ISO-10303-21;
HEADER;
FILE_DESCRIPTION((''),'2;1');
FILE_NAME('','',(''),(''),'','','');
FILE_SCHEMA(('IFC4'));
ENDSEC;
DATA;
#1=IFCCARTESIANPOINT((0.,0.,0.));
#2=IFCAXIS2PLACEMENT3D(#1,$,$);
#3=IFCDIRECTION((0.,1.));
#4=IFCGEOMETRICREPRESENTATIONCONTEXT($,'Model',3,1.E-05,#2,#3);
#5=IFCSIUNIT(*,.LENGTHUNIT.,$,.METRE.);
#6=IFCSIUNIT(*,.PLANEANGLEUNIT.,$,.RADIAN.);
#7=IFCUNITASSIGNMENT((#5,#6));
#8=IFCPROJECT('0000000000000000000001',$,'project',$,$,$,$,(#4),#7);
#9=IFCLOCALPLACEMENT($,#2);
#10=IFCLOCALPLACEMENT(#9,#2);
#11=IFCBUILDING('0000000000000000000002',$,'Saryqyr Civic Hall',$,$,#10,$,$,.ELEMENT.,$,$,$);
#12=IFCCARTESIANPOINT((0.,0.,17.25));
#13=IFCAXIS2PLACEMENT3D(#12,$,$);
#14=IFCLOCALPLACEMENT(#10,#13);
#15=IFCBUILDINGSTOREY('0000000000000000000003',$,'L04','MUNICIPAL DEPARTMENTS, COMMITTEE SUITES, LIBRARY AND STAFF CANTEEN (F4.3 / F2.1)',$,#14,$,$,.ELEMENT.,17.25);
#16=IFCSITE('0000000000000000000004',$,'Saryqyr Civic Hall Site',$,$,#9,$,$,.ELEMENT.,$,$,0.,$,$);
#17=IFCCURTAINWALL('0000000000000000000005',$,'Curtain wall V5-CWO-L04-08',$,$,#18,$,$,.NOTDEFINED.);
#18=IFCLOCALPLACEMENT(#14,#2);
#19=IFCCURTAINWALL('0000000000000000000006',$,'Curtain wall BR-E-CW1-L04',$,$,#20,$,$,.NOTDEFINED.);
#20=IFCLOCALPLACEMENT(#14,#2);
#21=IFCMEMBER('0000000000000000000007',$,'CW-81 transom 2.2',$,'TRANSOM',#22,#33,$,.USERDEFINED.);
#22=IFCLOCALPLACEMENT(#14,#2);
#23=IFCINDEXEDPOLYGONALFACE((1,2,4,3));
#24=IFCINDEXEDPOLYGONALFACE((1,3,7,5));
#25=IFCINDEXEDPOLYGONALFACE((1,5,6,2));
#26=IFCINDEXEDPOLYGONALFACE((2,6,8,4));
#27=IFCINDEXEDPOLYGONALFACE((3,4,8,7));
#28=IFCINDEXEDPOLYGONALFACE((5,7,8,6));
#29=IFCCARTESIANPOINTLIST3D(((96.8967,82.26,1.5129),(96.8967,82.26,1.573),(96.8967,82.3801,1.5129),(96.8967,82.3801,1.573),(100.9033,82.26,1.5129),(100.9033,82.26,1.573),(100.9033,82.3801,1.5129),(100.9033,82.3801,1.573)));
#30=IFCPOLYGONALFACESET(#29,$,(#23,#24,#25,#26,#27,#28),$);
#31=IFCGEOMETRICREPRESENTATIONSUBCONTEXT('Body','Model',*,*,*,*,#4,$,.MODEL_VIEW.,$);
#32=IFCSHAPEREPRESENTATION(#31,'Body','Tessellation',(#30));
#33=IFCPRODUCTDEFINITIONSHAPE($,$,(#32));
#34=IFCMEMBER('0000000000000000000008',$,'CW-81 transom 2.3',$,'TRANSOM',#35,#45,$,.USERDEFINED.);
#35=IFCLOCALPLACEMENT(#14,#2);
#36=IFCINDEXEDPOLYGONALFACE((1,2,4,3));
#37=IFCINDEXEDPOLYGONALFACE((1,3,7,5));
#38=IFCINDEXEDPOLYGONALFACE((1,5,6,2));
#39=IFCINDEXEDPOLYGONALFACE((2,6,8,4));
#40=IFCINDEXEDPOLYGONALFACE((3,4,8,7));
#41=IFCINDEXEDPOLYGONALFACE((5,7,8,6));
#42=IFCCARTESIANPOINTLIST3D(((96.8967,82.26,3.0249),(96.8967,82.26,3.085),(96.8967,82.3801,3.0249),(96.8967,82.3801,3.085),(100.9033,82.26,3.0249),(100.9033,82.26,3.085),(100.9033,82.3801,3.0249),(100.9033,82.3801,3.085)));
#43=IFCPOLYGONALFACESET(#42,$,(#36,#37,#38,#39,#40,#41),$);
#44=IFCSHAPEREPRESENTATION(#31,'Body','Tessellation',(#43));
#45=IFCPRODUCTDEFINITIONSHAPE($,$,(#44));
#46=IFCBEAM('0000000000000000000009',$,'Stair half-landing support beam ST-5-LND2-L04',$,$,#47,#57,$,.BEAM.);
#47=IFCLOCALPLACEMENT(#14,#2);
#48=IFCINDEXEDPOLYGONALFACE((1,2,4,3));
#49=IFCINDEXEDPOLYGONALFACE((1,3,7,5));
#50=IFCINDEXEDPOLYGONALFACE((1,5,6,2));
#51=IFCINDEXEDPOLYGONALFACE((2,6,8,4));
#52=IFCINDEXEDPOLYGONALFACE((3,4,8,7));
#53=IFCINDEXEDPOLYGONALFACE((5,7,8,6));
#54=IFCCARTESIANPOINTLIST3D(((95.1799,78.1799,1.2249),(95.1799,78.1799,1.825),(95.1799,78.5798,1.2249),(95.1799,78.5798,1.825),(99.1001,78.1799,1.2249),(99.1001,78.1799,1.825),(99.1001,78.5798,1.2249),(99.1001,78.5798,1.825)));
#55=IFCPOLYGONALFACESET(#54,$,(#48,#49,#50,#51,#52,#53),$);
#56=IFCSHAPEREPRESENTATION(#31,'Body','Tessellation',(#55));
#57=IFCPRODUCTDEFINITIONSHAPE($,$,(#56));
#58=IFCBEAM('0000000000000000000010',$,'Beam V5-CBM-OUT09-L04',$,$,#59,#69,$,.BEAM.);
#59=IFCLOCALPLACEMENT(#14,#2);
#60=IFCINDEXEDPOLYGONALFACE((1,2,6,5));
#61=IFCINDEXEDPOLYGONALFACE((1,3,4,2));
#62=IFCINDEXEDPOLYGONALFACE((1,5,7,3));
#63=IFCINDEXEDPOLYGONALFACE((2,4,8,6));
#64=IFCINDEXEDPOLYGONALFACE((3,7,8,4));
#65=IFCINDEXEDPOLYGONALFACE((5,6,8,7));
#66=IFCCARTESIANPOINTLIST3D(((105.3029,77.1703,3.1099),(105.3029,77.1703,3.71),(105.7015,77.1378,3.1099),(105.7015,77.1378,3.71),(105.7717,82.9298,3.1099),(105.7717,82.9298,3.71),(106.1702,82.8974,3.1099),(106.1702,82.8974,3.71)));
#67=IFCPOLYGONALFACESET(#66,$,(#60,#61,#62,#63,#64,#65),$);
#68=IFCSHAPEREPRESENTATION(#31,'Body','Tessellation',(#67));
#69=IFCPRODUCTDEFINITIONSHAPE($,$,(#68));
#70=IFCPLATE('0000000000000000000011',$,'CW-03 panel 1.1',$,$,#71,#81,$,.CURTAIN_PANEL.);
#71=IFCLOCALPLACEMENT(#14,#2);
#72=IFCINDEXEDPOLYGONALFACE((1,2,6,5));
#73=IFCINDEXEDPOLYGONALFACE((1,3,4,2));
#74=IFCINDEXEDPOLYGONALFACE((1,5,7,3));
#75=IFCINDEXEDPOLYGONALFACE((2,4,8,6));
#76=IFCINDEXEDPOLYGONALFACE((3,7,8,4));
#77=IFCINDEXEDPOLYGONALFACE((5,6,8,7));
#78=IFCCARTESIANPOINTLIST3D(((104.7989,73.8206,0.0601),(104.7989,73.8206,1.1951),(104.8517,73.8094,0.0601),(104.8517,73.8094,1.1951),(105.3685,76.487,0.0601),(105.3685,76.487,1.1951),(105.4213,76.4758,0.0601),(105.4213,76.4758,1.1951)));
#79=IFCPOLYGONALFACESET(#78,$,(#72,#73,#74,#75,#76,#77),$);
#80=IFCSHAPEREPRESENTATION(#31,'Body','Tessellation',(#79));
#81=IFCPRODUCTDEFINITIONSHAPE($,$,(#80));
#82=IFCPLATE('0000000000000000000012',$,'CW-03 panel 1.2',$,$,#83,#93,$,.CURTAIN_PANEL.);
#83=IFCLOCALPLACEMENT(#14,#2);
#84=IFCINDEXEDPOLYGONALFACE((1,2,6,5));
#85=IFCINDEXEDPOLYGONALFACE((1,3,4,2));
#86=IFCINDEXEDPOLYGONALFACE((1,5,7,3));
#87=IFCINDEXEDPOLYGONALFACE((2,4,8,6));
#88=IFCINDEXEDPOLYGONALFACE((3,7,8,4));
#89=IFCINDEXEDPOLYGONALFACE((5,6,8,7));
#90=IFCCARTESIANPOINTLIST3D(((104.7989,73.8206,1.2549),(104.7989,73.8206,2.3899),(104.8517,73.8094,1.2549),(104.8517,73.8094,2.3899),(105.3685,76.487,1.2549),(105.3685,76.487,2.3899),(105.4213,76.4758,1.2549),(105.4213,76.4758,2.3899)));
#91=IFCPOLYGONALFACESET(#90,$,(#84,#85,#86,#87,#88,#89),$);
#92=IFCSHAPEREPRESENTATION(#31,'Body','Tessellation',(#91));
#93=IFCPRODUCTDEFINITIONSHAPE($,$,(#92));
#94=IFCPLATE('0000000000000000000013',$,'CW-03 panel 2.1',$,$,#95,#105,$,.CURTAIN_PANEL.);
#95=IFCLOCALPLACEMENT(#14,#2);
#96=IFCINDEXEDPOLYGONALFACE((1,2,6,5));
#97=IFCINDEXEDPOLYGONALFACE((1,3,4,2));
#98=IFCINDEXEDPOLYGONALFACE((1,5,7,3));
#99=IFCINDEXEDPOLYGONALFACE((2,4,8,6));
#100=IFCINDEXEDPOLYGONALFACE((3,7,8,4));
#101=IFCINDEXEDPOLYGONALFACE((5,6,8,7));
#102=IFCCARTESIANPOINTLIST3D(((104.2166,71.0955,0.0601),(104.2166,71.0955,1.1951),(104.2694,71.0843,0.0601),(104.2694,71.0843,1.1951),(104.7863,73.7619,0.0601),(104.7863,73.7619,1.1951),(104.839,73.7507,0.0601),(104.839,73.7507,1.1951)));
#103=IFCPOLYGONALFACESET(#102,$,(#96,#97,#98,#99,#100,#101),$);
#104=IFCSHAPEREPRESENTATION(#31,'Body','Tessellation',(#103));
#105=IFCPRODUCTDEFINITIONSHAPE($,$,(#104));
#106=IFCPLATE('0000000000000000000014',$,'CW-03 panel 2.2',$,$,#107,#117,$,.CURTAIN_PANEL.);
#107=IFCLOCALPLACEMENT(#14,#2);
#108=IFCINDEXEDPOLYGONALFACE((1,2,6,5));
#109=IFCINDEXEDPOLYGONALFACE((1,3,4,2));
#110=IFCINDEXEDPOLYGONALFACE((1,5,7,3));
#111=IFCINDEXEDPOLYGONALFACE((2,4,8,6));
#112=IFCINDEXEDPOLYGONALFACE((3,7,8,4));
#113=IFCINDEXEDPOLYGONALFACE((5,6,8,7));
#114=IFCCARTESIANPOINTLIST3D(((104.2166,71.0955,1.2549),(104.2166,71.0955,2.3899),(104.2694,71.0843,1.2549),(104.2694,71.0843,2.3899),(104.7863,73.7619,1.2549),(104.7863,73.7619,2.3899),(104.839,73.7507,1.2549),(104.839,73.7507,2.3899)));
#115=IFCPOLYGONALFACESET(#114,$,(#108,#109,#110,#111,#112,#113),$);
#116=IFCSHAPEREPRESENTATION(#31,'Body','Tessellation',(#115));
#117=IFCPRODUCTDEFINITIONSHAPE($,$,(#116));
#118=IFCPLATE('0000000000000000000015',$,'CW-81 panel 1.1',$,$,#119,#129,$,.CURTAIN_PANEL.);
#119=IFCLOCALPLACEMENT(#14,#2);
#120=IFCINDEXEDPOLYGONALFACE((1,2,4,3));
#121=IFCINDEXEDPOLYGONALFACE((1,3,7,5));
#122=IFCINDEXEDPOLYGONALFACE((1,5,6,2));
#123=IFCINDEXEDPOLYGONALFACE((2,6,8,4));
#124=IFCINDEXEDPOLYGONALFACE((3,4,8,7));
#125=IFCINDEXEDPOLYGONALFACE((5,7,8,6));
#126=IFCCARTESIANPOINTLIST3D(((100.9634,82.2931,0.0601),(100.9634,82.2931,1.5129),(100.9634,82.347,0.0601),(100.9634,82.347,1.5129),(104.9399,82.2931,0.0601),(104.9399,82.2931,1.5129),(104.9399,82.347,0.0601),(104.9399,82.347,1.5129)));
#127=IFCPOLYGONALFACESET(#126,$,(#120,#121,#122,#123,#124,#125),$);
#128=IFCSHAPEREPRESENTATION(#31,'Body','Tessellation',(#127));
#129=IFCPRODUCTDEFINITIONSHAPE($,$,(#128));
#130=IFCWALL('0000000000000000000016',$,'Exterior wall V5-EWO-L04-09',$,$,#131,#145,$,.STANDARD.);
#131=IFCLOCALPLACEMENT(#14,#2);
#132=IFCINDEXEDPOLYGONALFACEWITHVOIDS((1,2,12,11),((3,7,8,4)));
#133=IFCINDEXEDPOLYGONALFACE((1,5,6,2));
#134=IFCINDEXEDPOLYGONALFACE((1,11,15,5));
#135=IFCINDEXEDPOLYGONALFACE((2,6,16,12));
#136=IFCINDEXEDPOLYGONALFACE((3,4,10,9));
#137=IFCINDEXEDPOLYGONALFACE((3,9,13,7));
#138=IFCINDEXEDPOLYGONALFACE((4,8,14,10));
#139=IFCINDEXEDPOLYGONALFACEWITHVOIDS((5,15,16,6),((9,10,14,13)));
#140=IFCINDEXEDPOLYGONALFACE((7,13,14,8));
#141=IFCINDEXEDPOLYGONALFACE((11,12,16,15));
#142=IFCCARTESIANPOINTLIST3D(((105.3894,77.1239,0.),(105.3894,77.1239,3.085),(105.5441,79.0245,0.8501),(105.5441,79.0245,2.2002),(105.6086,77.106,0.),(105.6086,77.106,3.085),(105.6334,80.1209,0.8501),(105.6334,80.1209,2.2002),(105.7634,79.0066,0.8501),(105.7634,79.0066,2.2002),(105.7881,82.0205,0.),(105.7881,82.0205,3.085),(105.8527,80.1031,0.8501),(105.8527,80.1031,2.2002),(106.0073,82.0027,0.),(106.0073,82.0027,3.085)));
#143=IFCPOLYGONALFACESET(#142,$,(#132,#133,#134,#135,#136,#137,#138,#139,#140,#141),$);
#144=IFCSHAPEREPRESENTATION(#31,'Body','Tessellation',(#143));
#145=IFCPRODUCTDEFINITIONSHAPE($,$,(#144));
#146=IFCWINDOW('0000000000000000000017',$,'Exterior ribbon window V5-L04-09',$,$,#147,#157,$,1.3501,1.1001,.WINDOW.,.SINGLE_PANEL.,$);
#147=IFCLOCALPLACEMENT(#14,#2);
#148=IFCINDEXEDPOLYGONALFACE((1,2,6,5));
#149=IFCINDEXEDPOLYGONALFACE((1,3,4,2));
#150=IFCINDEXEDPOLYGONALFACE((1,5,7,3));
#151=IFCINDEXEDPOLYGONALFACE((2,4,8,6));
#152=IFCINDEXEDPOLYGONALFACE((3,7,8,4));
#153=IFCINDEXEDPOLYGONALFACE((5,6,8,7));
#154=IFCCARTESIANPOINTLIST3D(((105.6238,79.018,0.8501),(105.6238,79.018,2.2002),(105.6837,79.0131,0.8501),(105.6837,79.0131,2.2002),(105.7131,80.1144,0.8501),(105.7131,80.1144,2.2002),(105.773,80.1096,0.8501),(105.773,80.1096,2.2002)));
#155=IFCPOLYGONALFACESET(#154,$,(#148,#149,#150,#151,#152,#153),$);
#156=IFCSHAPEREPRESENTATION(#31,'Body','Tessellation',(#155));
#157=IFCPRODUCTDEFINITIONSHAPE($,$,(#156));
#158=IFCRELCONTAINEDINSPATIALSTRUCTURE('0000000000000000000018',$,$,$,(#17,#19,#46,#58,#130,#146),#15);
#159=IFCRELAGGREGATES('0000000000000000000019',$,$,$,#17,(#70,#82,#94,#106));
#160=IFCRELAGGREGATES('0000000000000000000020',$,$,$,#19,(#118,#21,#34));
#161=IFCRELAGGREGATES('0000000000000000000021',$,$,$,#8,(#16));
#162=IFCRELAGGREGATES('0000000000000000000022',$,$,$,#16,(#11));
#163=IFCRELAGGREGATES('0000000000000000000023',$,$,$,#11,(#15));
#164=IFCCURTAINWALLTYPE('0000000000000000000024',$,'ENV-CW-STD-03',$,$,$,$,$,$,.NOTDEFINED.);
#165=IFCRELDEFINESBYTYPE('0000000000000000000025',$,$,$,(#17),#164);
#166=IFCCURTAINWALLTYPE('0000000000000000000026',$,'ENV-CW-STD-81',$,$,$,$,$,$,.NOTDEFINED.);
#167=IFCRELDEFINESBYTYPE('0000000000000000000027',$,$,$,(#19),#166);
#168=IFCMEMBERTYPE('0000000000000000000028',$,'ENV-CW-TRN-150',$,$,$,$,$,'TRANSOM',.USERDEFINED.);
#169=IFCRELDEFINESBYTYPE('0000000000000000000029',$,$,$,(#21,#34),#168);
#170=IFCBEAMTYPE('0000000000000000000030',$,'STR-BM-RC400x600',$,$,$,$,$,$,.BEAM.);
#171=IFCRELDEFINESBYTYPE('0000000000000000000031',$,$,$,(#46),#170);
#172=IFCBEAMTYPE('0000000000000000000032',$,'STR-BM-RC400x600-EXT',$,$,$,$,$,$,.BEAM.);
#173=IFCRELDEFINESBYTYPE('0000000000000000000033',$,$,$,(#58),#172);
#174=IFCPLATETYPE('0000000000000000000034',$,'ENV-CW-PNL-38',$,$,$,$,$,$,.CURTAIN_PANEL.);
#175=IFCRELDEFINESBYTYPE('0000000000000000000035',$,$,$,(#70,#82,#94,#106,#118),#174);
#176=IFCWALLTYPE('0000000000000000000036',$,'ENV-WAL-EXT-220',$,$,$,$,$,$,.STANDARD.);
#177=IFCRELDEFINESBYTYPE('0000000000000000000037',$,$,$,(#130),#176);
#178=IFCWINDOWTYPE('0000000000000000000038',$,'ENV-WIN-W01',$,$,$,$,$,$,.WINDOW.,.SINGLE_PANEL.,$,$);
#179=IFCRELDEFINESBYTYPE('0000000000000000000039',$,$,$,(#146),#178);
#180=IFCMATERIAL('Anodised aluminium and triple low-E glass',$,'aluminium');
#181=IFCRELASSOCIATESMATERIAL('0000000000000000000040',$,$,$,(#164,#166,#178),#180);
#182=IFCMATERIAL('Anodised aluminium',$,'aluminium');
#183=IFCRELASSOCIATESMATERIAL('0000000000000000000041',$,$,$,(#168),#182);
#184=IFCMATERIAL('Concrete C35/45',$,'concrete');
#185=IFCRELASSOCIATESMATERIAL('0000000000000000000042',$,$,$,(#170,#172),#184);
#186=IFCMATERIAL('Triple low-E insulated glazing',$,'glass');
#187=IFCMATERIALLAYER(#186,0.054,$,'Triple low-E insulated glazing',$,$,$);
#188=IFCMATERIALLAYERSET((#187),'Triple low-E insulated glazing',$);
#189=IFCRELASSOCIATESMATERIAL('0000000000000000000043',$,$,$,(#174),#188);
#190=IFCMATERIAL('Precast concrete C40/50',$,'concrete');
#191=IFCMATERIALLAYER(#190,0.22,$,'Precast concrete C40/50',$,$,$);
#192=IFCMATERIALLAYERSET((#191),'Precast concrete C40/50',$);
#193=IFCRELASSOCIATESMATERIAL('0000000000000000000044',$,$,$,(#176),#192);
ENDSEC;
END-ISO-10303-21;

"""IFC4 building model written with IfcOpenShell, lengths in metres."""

from ifc_helpers import new_model, si_unit, direction, frame, frame_2d, origin, origin_2d, place, context, subcontext, project, spatial, rectangle, extrude, material, layer, layer_set, material_profile, profile_set, type_object, element, fill, aggregate, save


model = new_model("IFC4")

# Units and contexts
model_context = context("Model", 3, precision=1e-05, world=origin(), true_north=direction((0.0, 1.0)))
body_context = subcontext(model_context, "Body", "Model", "MODEL_VIEW")
ifc_project = project(units=[si_unit("LENGTHUNIT", "METRE"), si_unit("PLANEANGLEUNIT", "RADIAN")], contexts=[model_context])

# Site, building, storey
site_placement = place(None, origin())
site = spatial("IfcSite", under=ifc_project, at=site_placement, Name="Saryqyr Civic Hall Site", CompositionType="ELEMENT", RefElevation=0.0)
building_placement = place(site_placement, origin())
building = spatial("IfcBuilding", under=site, at=building_placement, Name="Saryqyr Civic Hall", CompositionType="ELEMENT")
storey_placement = place(building_placement, frame((0.0, 0.0, 17.25)))
storey = spatial("IfcBuildingStorey", under=building, at=storey_placement, Name="L04", Description="MUNICIPAL DEPARTMENTS, COMMITTEE SUITES, LIBRARY AND STAFF CANTEEN (F4.3 / F2.1)", CompositionType="ELEMENT", Elevation=17.25)

# Shared definitions
ifc_material_1 = material(Name="Concrete C35/45", Category="concrete")

# Curtain wall
ifc_material_2 = material(Name="Anodised aluminium and triple low-E glass", Category="aluminium")
curtain_wall_type_1 = type_object("IfcCurtainWallType", Name="ENV-CW-STD-03", PredefinedType="NOTDEFINED", material=ifc_material_2)
curtain_wall_1_placement = place(storey_placement, origin())
curtain_wall_1 = element("IfcCurtainWall", 1, at=curtain_wall_1_placement, inside=storey, type_object=curtain_wall_type_1, Name="Curtain wall V5-CWO-L04-08", PredefinedType="NOTDEFINED")
ifc_material_3 = material(Name="Anodised aluminium", Category="aluminium")

# Curtain wall
curtain_wall_type_2 = type_object("IfcCurtainWallType", Name="ENV-CW-STD-81", PredefinedType="NOTDEFINED", material=ifc_material_2)
curtain_wall_2_placement = place(storey_placement, origin())
curtain_wall_2 = element("IfcCurtainWall", 2, at=curtain_wall_2_placement, inside=storey, type_object=curtain_wall_type_2, Name="Curtain wall BR-E-CW1-L04", PredefinedType="NOTDEFINED")

# Members
ifc_material_profile_1 = material_profile(ifc_material_3, rectangle(XDim=0.1201, YDim=0.0601, at=origin_2d()), Name="ALU TRANSOM 120x60")
ifc_profile_set_1 = profile_set([ifc_material_profile_1], Name="Anodised aluminium")
member_type_1 = type_object("IfcMemberType", Name="ENV-CW-TRN-150", ElementType="TRANSOM", PredefinedType="USERDEFINED", material=ifc_profile_set_1)
member_1_placement = place(storey_placement, frame((100.9033, 82.3201, 1.543), z_axis=(-1.0, 0.0, 0.0), x_axis=(0.0, -1.0, 0.0)))
member_1 = element("IfcMember", 3, at=member_1_placement, type_object=member_type_1, Name="CW-81 transom 2.2", ObjectType="TRANSOM", PredefinedType="USERDEFINED", context=body_context, shape_type="SweptSolid", body=[
    extrude(rectangle(XDim=0.1201, YDim=0.0601, at=origin_2d()), origin(), (0.0, 0.0, 1.0), 4.0066),
])
member_2_placement = place(storey_placement, frame((100.9033, 82.3201, 3.0549), z_axis=(-1.0, 0.0, 0.0), x_axis=(0.0, -1.0, 0.0)))
member_2 = element("IfcMember", 4, at=member_2_placement, type_object=member_type_1, Name="CW-81 transom 2.3", ObjectType="TRANSOM", PredefinedType="USERDEFINED", context=body_context, shape_type="SweptSolid", body=[
    extrude(rectangle(XDim=0.1201, YDim=0.0601, at=origin_2d()), origin(), (0.0, 0.0, 1.0), 4.0066),
])

# Beams
ifc_material_profile_2 = material_profile(ifc_material_1, rectangle(XDim=0.3999, YDim=0.6001, at=origin_2d()), Name="RC 400x600")
ifc_profile_set_2 = profile_set([ifc_material_profile_2], Name="Concrete C35/45")
beam_type_1 = type_object("IfcBeamType", Name="STR-BM-RC400x600", PredefinedType="BEAM", material=ifc_profile_set_2)
beam_1_placement = place(storey_placement, frame((99.1001, 78.3799, 1.5249), z_axis=(-1.0, 0.0, 0.0), x_axis=(0.0, -1.0, 0.0)))
element("IfcBeam", 5, at=beam_1_placement, inside=storey, type_object=beam_type_1, Name="Stair half-landing support beam ST-5-LND2-L04", PredefinedType="BEAM", context=body_context, shape_type="SweptSolid", body=[
    extrude(rectangle(XDim=0.3999, YDim=0.6001, at=origin_2d()), origin(), (0.0, 0.0, 1.0), 3.9202),
])
ifc_material_profile_3 = material_profile(ifc_material_1, rectangle(XDim=0.3999, YDim=0.6001, at=origin_2d()), Name="RC 400x600")
ifc_profile_set_3 = profile_set([ifc_material_profile_3], Name="Concrete C35/45")
beam_type_2 = type_object("IfcBeamType", Name="STR-BM-RC400x600-EXT", PredefinedType="BEAM", material=ifc_profile_set_3)
beam_2_placement = place(storey_placement, frame((105.5022, 77.1541, 3.4099), z_axis=(0.081119, 0.996704, 0.0), x_axis=(-0.996704, 0.081119, 0.0)))
element("IfcBeam", 6, at=beam_2_placement, inside=storey, type_object=beam_type_2, Name="Beam V5-CBM-OUT09-L04", PredefinedType="BEAM", context=body_context, shape_type="SweptSolid", body=[
    extrude(rectangle(XDim=0.3999, YDim=0.6001, at=origin_2d()), origin(), (0.0, 0.0, 1.0), 5.7786),
])

# Plates
ifc_material_4 = material(Name="Triple low-E insulated glazing", Category="glass")
ifc_layer_1 = layer(ifc_material_4, 0.054, Name="Triple low-E insulated glazing")
ifc_layer_set_1 = layer_set([ifc_layer_1], Name="Triple low-E insulated glazing")
plate_type = type_object("IfcPlateType", Name="ENV-CW-PNL-38", PredefinedType="CURTAIN_PANEL", material=ifc_layer_set_1)
plate_1_placement = place(storey_placement, frame((105.1101, 75.1482, 0.0601), z_axis=(0.0, 0.0, 1.0), x_axis=(-0.208908, -0.977935, 0.0)))
plate_1 = element("IfcPlate", 7, at=plate_1_placement, type_object=plate_type, Name="CW-03 panel 1.1", PredefinedType="CURTAIN_PANEL", context=body_context, shape_type="SweptSolid", body=[
    extrude(rectangle(XDim=2.7266, YDim=0.054, at=origin_2d()), origin(), (0.0, 0.0, 1.0), 1.135),
])
plate_2_placement = place(storey_placement, frame((105.1101, 75.1482, 1.2549), z_axis=(0.0, 0.0, 1.0), x_axis=(-0.208908, -0.977935, 0.0)))
plate_2 = element("IfcPlate", 8, at=plate_2_placement, type_object=plate_type, Name="CW-03 panel 1.2", PredefinedType="CURTAIN_PANEL", context=body_context, shape_type="SweptSolid", body=[
    extrude(rectangle(XDim=2.7266, YDim=0.054, at=origin_2d()), origin(), (0.0, 0.0, 1.0), 1.135),
])
plate_3_placement = place(storey_placement, frame((104.5278, 72.4231, 0.0601), z_axis=(0.0, 0.0, 1.0), x_axis=(-0.208908, -0.977935, 0.0)))
plate_3 = element("IfcPlate", 9, at=plate_3_placement, type_object=plate_type, Name="CW-03 panel 2.1", PredefinedType="CURTAIN_PANEL", context=body_context, shape_type="SweptSolid", body=[
    extrude(rectangle(XDim=2.7266, YDim=0.054, at=origin_2d()), origin(), (0.0, 0.0, 1.0), 1.135),
])
plate_4_placement = place(storey_placement, frame((104.5278, 72.4231, 1.2549), z_axis=(0.0, 0.0, 1.0), x_axis=(-0.208908, -0.977935, 0.0)))
plate_4 = element("IfcPlate", 10, at=plate_4_placement, type_object=plate_type, Name="CW-03 panel 2.2", PredefinedType="CURTAIN_PANEL", context=body_context, shape_type="SweptSolid", body=[
    extrude(rectangle(XDim=2.7266, YDim=0.054, at=origin_2d()), origin(), (0.0, 0.0, 1.0), 1.135),
])
aggregate(curtain_wall_1, [plate_1, plate_2, plate_3, plate_4])
plate_5_placement = place(storey_placement, frame((102.9517, 82.3201, 0.0601), z_axis=(0.0, 0.0, 1.0), x_axis=(-1.0, 0.0, 0.0)))
plate_5 = element("IfcPlate", 11, at=plate_5_placement, type_object=plate_type, Name="CW-81 panel 1.1", PredefinedType="CURTAIN_PANEL", context=body_context, shape_type="SweptSolid", body=[
    extrude(rectangle(XDim=3.9766, YDim=0.054, at=origin_2d()), origin(), (0.0, 0.0, 1.0), 1.4529),
])
aggregate(curtain_wall_2, [plate_5, member_1, member_2])

# Wall, opening, window
ifc_material_5 = material(Name="Precast concrete C40/50", Category="concrete")
ifc_layer_2 = layer(ifc_material_5, 0.22, Name="Precast concrete C40/50")
ifc_layer_set_2 = layer_set([ifc_layer_2], Name="Precast concrete C40/50")
wall_type = type_object("IfcWallType", Name="ENV-WAL-EXT-220", PredefinedType="STANDARD", material=ifc_layer_set_2)
wall_placement = place(storey_placement, frame((105.8977, 82.0117, 0.0), z_axis=(0.0, 0.0, 1.0), x_axis=(-0.081149, -0.996702, 0.0)))
wall = element("IfcWall", 12, at=wall_placement, inside=storey, type_object=wall_type, Name="Exterior wall V5-EWO-L04-09", PredefinedType="STANDARD", context=body_context, shape_type="SweptSolid", body=[
    extrude(rectangle(XDim=4.9128, YDim=0.22, at=frame_2d((2.4565, 0.0))), origin(), (0.0, 0.0, 1.0), 3.085),
])
opening_placement = place(wall_placement, frame((1.906, 0.0, 0.8501)))
opening = element("IfcOpeningElement", 13, at=opening_placement, cuts=wall, PredefinedType="OPENING", context=body_context, shape_type="SweptSolid", body=[
    extrude(rectangle(XDim=1.1001, YDim=1.3501, at=frame_2d((0.55, 0.675))), frame((0.0, 0.1199, 0.0), z_axis=(0.0, -1.0, 0.0), x_axis=(1.0, 0.0, 0.0)), (0.0, 0.0, 1.0), 0.24),
])
window_type = type_object("IfcWindowType", Name="ENV-WIN-W01", PartitioningType="SINGLE_PANEL", PredefinedType="WINDOW", material=ifc_material_2)
window_placement = place(opening_placement, origin())
window = element("IfcWindow", 14, at=window_placement, inside=storey, type_object=window_type, Name="Exterior ribbon window V5-L04-09", OverallHeight=1.3501, OverallWidth=1.1001, PartitioningType="SINGLE_PANEL", PredefinedType="WINDOW", context=body_context, shape_type="SweptSolid", body=[
    extrude(rectangle(XDim=1.1001, YDim=1.3501, at=frame_2d((0.55, 0.675))), frame((0.0, 0.03, 0.0), z_axis=(0.0, -1.0, 0.0), x_axis=(1.0, 0.0, 0.0)), (0.0, 0.0, 1.0), 0.0601),
])
fill(opening, window)

save(model, "model.ifc")
